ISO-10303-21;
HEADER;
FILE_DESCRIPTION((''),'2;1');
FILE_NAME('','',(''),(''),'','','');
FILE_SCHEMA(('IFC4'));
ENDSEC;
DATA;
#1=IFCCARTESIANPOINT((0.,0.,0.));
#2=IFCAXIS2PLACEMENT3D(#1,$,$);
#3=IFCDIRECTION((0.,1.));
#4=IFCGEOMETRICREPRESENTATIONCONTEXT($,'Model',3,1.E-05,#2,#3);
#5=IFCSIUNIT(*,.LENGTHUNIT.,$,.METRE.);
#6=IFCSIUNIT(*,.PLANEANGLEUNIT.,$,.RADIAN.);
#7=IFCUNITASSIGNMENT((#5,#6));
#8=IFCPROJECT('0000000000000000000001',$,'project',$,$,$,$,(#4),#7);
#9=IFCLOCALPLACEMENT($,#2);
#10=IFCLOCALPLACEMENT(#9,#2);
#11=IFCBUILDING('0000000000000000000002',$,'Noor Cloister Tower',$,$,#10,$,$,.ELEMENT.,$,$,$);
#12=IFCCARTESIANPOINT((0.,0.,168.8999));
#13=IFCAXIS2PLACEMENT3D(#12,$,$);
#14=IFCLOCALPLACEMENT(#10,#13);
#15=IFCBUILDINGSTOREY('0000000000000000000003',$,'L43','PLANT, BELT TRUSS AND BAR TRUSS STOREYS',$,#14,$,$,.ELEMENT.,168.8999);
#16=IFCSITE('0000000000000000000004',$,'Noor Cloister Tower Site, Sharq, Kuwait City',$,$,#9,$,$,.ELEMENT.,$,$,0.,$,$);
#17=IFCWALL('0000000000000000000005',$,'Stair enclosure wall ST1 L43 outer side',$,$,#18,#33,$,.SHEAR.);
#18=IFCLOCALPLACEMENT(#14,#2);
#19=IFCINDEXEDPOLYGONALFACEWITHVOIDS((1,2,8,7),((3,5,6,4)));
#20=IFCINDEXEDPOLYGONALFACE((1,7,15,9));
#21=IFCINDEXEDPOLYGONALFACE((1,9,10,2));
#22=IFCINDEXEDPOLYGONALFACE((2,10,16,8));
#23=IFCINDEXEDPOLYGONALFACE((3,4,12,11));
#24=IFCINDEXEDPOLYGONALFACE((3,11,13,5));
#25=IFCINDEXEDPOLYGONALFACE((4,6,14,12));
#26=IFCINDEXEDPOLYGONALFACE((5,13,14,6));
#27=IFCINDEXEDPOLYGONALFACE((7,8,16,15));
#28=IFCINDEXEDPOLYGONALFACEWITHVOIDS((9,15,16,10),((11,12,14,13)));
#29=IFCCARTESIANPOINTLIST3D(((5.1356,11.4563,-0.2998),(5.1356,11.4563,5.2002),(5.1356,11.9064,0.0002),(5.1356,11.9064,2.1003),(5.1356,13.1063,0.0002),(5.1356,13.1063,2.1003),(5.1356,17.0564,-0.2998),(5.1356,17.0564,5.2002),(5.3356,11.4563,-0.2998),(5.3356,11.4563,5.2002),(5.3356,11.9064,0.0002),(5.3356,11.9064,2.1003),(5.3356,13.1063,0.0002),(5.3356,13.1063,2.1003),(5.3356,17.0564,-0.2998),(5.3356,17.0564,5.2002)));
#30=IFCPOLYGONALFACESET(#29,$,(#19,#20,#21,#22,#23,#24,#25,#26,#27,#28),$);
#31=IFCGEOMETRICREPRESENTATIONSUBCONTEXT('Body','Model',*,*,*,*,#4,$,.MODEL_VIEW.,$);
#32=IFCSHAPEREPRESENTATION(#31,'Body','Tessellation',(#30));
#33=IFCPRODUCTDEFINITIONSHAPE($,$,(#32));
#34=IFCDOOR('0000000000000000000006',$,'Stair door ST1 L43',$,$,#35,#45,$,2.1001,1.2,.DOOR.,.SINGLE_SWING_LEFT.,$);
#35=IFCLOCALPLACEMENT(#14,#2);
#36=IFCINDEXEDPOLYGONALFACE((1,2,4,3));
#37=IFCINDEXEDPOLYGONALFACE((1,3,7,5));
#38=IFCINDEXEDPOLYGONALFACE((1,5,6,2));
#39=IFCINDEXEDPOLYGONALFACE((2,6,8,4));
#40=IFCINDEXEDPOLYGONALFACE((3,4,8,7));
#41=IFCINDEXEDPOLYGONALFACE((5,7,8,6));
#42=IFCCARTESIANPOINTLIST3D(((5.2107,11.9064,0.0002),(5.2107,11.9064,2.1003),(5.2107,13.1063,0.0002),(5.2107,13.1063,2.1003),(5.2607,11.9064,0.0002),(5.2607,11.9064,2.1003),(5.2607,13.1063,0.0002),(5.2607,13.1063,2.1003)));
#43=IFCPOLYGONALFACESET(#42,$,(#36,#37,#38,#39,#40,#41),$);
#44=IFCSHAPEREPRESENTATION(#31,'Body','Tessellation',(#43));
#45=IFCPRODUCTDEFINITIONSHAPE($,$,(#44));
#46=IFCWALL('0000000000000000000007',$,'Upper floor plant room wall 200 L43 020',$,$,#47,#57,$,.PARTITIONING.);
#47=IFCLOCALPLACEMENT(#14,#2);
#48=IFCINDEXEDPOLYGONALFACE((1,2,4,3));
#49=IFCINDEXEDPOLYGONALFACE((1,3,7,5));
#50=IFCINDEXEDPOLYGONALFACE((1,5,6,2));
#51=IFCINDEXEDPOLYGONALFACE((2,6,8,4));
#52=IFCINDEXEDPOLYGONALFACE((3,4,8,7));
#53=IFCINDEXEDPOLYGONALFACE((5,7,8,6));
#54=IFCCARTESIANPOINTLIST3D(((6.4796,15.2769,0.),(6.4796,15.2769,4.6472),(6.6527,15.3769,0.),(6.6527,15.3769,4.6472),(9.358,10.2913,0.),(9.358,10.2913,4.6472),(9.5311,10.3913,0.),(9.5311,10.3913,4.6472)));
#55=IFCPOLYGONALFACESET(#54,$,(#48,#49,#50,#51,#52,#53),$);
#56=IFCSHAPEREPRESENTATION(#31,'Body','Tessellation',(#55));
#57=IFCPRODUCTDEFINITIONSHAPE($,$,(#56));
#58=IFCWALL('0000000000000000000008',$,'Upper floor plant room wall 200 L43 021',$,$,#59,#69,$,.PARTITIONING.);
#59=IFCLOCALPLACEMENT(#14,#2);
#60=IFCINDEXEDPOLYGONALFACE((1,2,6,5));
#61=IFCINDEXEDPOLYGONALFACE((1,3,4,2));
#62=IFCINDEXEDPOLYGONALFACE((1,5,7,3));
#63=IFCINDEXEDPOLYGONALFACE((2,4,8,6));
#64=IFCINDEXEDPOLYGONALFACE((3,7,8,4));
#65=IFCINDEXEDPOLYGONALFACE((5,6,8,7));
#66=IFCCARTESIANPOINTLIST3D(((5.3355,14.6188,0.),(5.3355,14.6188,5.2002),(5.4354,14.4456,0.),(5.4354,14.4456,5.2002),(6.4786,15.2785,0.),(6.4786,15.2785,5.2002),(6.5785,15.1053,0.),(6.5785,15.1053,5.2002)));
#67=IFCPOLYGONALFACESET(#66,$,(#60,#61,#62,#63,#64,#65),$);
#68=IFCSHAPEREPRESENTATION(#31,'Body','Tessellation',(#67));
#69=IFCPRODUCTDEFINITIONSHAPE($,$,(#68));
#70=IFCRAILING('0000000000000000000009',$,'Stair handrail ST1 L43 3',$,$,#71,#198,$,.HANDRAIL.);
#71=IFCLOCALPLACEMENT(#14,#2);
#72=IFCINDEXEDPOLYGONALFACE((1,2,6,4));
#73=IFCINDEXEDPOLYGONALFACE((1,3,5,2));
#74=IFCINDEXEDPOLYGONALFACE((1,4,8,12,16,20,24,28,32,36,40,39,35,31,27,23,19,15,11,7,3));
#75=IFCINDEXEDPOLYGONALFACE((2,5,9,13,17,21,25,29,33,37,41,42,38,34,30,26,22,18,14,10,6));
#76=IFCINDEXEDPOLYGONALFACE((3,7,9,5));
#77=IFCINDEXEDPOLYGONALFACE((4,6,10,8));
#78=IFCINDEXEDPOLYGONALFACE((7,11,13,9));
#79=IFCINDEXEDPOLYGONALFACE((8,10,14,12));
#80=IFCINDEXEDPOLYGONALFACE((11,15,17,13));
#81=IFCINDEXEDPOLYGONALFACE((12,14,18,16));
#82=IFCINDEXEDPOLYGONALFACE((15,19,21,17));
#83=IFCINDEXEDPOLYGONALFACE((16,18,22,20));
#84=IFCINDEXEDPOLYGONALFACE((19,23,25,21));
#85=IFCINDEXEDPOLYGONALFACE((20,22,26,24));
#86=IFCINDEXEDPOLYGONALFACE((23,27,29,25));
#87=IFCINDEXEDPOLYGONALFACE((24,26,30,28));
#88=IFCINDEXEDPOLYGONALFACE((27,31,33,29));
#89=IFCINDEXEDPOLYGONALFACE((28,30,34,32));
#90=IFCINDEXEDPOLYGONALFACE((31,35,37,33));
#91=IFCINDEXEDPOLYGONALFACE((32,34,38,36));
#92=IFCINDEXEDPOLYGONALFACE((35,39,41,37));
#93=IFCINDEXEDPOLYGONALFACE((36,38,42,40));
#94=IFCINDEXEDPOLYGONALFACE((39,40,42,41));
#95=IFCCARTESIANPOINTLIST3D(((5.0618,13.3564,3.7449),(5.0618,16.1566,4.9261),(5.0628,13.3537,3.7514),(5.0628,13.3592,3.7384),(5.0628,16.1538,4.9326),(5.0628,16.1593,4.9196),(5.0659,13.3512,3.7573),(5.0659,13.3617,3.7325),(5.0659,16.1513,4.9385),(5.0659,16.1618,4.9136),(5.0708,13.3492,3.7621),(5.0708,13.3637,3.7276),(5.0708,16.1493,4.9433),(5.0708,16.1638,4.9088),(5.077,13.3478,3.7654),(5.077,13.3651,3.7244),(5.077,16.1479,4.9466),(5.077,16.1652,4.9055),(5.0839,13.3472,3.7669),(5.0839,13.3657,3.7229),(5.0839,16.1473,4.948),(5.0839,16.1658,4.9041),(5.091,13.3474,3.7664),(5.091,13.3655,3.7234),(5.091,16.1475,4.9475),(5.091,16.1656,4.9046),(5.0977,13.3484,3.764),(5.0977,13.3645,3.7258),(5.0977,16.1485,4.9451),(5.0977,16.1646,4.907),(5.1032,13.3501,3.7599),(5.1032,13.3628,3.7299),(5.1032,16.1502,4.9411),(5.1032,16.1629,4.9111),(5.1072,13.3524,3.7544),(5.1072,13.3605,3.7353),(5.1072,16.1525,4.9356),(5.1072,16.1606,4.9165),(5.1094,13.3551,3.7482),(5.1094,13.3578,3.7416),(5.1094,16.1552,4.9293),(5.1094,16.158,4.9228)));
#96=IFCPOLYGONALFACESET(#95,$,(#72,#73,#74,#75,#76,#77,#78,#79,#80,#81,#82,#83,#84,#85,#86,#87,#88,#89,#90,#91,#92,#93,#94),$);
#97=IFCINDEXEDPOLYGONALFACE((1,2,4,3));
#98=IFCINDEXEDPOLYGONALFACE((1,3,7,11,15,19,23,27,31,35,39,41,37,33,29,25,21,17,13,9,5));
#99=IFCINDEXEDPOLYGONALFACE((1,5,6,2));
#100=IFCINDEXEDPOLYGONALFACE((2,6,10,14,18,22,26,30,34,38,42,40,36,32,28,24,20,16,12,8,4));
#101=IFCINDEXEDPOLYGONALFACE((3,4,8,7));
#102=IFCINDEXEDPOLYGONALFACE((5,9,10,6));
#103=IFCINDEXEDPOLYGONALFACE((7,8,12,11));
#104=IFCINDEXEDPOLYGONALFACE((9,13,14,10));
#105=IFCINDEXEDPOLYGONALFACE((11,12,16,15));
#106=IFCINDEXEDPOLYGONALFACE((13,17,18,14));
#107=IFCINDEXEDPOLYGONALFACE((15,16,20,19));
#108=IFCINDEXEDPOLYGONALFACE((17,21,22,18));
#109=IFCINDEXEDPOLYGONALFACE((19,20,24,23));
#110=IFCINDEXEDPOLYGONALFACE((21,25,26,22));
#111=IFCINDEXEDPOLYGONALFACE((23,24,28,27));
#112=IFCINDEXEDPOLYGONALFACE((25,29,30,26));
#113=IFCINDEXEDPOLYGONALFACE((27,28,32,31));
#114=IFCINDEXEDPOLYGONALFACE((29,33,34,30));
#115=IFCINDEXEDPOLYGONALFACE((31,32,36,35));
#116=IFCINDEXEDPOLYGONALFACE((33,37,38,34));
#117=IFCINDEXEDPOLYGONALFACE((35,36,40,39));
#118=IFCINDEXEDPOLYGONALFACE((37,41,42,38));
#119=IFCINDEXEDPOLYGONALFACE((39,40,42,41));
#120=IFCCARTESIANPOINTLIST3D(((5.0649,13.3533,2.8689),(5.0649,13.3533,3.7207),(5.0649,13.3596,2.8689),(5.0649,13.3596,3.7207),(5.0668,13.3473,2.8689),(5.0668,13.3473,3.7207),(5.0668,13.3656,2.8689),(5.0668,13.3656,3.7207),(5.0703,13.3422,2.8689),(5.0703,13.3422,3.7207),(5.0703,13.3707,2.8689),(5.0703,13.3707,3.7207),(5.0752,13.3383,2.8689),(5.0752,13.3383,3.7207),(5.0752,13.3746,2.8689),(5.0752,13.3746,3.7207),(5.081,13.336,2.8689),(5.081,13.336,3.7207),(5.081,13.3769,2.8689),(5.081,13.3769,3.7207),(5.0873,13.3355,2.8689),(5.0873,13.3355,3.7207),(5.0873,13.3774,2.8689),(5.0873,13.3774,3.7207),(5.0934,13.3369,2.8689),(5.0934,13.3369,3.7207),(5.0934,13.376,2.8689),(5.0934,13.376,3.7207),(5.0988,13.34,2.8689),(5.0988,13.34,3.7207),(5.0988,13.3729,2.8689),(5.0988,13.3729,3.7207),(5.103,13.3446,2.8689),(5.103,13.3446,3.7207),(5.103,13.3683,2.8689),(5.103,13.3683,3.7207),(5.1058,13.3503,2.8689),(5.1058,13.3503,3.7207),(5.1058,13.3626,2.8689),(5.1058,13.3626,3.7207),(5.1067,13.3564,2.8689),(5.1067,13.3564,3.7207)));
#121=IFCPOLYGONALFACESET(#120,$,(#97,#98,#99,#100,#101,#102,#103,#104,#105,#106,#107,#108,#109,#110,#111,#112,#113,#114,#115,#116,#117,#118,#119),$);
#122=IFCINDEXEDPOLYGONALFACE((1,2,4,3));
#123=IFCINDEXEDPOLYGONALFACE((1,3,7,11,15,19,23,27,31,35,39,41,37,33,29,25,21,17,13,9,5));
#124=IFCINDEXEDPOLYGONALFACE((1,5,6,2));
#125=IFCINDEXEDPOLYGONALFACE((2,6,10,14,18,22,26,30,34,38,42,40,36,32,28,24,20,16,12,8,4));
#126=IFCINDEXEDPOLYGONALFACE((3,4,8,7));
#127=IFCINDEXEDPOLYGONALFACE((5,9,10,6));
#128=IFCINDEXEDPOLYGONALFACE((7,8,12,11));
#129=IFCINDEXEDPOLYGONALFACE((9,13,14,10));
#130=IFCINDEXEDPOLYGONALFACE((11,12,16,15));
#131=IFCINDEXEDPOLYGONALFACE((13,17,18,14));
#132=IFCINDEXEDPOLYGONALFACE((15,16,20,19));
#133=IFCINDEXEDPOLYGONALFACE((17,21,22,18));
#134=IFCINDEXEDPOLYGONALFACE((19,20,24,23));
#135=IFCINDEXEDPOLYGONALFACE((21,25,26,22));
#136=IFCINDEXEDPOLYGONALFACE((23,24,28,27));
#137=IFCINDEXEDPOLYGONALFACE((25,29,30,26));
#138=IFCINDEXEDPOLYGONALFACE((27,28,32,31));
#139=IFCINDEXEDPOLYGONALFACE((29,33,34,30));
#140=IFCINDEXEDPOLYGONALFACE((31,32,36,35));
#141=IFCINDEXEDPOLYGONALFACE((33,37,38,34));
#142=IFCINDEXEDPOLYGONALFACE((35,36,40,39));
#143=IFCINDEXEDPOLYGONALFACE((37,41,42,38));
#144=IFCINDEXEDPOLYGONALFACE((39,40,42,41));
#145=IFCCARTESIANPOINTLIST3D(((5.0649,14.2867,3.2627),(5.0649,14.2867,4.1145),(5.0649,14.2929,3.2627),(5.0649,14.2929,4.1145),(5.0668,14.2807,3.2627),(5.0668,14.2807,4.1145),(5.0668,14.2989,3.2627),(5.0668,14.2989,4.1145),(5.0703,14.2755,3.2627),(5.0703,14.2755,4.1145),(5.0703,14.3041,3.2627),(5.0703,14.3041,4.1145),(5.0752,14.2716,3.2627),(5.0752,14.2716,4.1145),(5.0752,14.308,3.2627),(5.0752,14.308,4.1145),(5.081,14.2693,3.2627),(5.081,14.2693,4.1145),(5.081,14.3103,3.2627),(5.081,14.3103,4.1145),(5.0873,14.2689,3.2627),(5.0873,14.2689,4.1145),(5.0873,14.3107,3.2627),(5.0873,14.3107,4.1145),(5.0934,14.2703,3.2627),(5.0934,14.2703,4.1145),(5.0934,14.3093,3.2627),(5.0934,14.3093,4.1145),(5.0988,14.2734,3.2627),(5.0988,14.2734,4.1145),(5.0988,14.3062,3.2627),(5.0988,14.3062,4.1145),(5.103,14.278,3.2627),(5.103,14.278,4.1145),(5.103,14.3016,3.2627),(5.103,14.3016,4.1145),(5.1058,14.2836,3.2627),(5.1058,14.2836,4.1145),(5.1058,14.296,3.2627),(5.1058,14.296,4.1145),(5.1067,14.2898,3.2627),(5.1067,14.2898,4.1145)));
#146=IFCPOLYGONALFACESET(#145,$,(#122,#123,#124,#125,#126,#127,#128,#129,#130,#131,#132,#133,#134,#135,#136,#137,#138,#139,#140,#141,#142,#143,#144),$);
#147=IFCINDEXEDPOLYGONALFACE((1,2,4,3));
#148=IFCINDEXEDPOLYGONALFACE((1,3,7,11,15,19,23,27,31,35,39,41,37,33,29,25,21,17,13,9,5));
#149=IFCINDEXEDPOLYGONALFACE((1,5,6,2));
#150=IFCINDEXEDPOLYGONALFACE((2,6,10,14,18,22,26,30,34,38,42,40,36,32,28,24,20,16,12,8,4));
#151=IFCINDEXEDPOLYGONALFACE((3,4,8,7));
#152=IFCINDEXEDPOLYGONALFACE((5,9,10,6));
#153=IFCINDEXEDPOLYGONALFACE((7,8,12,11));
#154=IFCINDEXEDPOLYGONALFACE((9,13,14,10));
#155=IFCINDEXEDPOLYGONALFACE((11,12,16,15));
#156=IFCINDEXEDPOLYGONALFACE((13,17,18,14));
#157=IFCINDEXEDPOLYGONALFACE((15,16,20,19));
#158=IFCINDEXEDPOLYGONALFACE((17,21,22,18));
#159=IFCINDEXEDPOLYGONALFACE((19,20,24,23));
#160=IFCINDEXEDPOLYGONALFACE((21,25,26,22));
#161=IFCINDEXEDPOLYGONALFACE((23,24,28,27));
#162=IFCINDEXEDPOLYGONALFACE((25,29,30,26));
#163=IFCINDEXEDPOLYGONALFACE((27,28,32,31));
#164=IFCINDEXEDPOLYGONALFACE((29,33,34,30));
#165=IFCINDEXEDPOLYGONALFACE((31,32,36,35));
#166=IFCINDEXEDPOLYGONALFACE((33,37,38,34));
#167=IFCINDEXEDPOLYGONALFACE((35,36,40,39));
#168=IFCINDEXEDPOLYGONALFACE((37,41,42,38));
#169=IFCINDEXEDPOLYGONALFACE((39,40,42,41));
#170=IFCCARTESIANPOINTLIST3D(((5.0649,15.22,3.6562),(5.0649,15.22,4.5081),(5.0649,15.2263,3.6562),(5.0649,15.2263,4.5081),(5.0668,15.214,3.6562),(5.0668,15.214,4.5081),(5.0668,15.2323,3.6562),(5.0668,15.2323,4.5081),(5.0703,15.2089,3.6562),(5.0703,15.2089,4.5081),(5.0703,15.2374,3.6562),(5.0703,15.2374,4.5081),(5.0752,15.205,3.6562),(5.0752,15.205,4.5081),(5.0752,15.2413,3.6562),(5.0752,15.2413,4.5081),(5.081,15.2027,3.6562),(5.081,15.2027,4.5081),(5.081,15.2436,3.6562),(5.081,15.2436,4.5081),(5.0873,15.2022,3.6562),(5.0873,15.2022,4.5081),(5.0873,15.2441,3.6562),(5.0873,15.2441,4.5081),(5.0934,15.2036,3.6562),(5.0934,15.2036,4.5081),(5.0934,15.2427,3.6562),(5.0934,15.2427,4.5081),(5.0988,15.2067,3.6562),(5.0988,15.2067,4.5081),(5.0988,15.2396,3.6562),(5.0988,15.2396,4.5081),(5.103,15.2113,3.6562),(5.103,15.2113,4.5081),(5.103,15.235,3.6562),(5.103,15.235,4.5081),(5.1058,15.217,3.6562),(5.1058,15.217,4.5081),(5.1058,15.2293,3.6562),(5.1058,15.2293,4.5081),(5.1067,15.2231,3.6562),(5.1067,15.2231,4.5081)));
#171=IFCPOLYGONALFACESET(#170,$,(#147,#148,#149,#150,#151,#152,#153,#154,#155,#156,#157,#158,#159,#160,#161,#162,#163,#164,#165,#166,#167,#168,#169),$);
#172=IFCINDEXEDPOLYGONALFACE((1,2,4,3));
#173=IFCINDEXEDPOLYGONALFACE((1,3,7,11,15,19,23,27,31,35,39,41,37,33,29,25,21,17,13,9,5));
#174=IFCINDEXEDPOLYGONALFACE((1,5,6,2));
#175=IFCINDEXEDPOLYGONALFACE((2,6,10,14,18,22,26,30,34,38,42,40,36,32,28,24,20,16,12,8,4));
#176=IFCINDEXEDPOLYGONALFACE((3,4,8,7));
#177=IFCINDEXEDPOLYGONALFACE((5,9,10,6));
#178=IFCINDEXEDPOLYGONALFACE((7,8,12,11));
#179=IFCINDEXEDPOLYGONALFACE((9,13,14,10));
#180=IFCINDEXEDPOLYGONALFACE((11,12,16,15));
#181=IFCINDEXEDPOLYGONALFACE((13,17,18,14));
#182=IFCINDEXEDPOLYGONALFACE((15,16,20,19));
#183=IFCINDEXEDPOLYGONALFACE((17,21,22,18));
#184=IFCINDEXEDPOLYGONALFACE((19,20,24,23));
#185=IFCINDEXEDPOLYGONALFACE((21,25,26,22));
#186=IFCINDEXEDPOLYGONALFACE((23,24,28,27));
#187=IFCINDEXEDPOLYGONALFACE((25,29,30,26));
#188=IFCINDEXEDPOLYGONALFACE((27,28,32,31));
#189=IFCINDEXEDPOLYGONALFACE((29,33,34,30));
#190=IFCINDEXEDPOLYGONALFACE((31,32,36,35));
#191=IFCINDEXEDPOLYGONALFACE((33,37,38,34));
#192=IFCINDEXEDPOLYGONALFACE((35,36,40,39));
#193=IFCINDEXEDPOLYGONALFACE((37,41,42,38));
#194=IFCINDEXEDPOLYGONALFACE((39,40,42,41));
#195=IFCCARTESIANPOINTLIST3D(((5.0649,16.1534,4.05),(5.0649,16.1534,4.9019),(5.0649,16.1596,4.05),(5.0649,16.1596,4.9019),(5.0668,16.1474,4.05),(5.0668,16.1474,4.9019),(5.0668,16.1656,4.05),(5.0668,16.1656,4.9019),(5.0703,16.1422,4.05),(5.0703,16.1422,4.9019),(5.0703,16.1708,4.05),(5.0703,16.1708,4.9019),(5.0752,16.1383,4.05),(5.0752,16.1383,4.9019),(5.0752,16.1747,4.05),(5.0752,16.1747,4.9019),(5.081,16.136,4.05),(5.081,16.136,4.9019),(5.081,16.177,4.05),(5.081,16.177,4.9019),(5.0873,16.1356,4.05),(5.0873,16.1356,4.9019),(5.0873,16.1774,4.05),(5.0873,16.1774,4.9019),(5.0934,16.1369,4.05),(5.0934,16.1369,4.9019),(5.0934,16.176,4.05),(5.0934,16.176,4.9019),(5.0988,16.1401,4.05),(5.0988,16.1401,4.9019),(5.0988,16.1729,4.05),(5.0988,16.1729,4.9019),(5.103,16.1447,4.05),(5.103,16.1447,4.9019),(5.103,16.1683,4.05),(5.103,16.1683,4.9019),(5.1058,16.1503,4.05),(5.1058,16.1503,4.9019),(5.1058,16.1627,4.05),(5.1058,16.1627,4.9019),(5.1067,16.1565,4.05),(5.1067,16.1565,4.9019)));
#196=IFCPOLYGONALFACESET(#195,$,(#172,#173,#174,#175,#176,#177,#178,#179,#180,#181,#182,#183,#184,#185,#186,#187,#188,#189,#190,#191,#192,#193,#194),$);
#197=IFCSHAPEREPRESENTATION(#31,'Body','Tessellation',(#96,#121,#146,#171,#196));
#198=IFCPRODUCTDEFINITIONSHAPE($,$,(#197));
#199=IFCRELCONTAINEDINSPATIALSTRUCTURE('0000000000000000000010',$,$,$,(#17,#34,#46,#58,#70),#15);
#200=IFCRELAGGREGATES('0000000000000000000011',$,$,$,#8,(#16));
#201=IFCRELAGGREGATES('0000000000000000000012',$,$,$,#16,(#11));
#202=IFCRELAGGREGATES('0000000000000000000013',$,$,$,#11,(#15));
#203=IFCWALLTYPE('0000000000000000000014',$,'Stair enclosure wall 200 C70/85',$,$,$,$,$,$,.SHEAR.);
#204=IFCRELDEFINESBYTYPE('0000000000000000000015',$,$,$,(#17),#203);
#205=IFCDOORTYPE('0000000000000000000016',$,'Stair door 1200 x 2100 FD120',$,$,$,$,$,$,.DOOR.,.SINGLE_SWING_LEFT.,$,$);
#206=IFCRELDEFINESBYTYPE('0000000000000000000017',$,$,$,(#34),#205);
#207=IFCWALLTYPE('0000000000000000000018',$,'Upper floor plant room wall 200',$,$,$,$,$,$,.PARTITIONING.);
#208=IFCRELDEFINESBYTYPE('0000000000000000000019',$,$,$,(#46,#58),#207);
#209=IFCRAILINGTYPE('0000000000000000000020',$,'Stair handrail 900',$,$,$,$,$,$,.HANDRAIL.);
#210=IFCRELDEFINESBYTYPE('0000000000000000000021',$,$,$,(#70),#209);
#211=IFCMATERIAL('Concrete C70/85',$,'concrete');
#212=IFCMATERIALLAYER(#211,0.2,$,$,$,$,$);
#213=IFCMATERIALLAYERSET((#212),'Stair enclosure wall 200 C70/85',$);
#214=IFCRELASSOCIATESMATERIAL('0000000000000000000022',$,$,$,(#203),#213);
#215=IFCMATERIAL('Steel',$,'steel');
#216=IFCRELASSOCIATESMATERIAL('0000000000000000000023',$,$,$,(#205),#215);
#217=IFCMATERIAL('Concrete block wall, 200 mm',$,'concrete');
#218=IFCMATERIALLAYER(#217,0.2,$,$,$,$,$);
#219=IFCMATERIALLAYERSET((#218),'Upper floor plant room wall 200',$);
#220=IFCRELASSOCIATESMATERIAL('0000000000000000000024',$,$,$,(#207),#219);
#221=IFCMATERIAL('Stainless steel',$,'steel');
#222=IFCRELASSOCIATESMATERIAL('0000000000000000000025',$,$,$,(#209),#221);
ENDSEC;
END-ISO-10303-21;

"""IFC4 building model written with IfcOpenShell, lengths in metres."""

from ifc_helpers import new_model, si_unit, direction, frame, frame_2d, origin, origin_2d, place, context, subcontext, project, spatial, rectangle, circle, extrude, material, layer, layer_set, type_object, element, fill, save


model = new_model("IFC4")

# Units and contexts
model_context = context("Model", 3, precision=1e-05, world=origin(), true_north=direction((0.0, 1.0)))
body_context = subcontext(model_context, "Body", "Model", "MODEL_VIEW")
ifc_project = project(units=[si_unit("LENGTHUNIT", "METRE"), si_unit("PLANEANGLEUNIT", "RADIAN")], contexts=[model_context])

# Site, building, storey
site_placement = place(None, origin())
site = spatial("IfcSite", under=ifc_project, at=site_placement, Name="Noor Cloister Tower Site, Sharq, Kuwait City", CompositionType="ELEMENT", RefElevation=0.0)
building_placement = place(site_placement, origin())
building = spatial("IfcBuilding", under=site, at=building_placement, Name="Noor Cloister Tower", CompositionType="ELEMENT")
storey_placement = place(building_placement, frame((0.0, 0.0, 168.8999)))
storey = spatial("IfcBuildingStorey", under=building, at=storey_placement, Name="L43", Description="PLANT, BELT TRUSS AND BAR TRUSS STOREYS", CompositionType="ELEMENT", Elevation=168.8999)

# Wall, opening, door
ifc_material_1 = material(Name="Concrete C70/85", Category="concrete")
ifc_layer_1 = layer(ifc_material_1, 0.2)
ifc_layer_set_1 = layer_set([ifc_layer_1], Name="Stair enclosure wall 200 C70/85")
wall_type_1 = type_object("IfcWallType", Name="Stair enclosure wall 200 C70/85", PredefinedType="SHEAR", material=ifc_layer_set_1)
ifc_material_2 = material(Name="Steel", Category="steel")
door_type = type_object("IfcDoorType", Name="Stair door 1200 x 2100 FD120", OperationType="SINGLE_SWING_LEFT", PredefinedType="DOOR", material=ifc_material_2)
wall_1_placement = place(storey_placement, frame((5.2356, 11.4563, -0.2998), z_axis=(0.0, 0.0, 1.0), x_axis=(0.0, 1.0, 0.0)))
wall_1 = element("IfcWall", 1, at=wall_1_placement, inside=storey, type_object=wall_type_1, Name="Stair enclosure wall ST1 L43 outer side", PredefinedType="SHEAR", context=body_context, shape_type="SweptSolid", body=[
    extrude(rectangle(XDim=5.6001, YDim=0.2, at=frame_2d((2.8, 0.0))), origin(), (0.0, 0.0, 1.0), 5.5),
])
opening_1_placement = place(wall_1_placement, frame((0.45, 0.0, 0.3)))
opening_1 = element("IfcOpeningElement", 2, at=opening_1_placement, cuts=wall_1, PredefinedType="OPENING", context=body_context, shape_type="SweptSolid", body=[
    extrude(rectangle(XDim=1.2, YDim=2.1001, at=frame_2d((0.6001, 1.05))), frame((0.0, 0.1099, 0.0), z_axis=(0.0, -1.0, 0.0), x_axis=(1.0, 0.0, 0.0)), (0.0, 0.0, 1.0), 0.22),
])
door_1_placement = place(opening_1_placement, origin())
door_1 = element("IfcDoor", 3, at=door_1_placement, inside=storey, type_object=door_type, Name="Stair door ST1 L43", OperationType="SINGLE_SWING_LEFT", OverallHeight=2.1001, OverallWidth=1.2, PredefinedType="DOOR", context=body_context, shape_type="SweptSolid", body=[
    extrude(rectangle(XDim=1.2, YDim=2.1001, at=frame_2d((0.6001, 1.05))), frame((0.0, 0.0249, 0.0), z_axis=(0.0, -1.0, 0.0), x_axis=(1.0, 0.0, 0.0)), (0.0, 0.0, 1.0), 0.05),
])
fill(opening_1, door_1)

# Walls
ifc_material_3 = material(Name="Concrete block wall, 200 mm", Category="concrete")
ifc_layer_2 = layer(ifc_material_3, 0.2)
ifc_layer_set_2 = layer_set([ifc_layer_2], Name="Upper floor plant room wall 200")
wall_type_2 = type_object("IfcWallType", Name="Upper floor plant room wall 200", PredefinedType="PARTITIONING", material=ifc_layer_set_2)
wall_2_placement = place(storey_placement, frame((6.5662, 15.3269, 0.0), z_axis=(0.0, 0.0, 1.0), x_axis=(0.499998, -0.866027, 0.0)))
element("IfcWall", 4, at=wall_2_placement, inside=storey, type_object=wall_type_2, Name="Upper floor plant room wall 200 L43 020", PredefinedType="PARTITIONING", context=body_context, shape_type="SweptSolid", body=[
    extrude(rectangle(XDim=5.7568, YDim=0.2, at=frame_2d((2.8784, 0.0))), origin(), (0.0, 0.0, 1.0), 4.6472),
])
wall_3_placement = place(storey_placement, frame((6.5286, 15.1919, 0.0), z_axis=(0.0, 0.0, 1.0), x_axis=(-0.866118, -0.49984, 0.0)))
element("IfcWall", 5, at=wall_3_placement, inside=storey, type_object=wall_type_2, Name="Upper floor plant room wall 200 L43 021", PredefinedType="PARTITIONING", context=body_context, shape_type="SweptSolid", body=[
    extrude(rectangle(XDim=1.3198, YDim=0.2, at=frame_2d((0.6599, 0.0))), origin(), (0.0, 0.0, 1.0), 5.2002),
])

# Railing
ifc_material_4 = material(Name="Stainless steel", Category="steel")
railing_type = type_object("IfcRailingType", Name="Stair handrail 900", PredefinedType="HANDRAIL", material=ifc_material_4)
railing_placement = place(storey_placement, frame((5.0857, 13.3564, 2.8689)))
element("IfcRailing", 6, at=railing_placement, inside=storey, type_object=railing_type, Name="Stair handrail ST1 L43 3", PredefinedType="HANDRAIL", context=body_context, shape_type="SweptSolid", body=[
    extrude(circle(Radius=0.0239, at=origin_2d()), frame((0.0, 0.0, 0.876), z_axis=(0.0, 0.921378, 0.388667), x_axis=(-1.0, 0.0, 0.0)), (0.0, 0.0, 1.0), 3.0391),
    extrude(circle(Radius=0.021, at=origin_2d()), origin(), (0.0, 0.0, 1.0), 0.8518),
    extrude(circle(Radius=0.021, at=origin_2d()), frame((0.0, 0.9333, 0.3938)), (0.0, 0.0, 1.0), 0.8518),
    extrude(circle(Radius=0.021, at=origin_2d()), frame((0.0, 1.8667, 0.7874)), (0.0, 0.0, 1.0), 0.8518),
    extrude(circle(Radius=0.021, at=origin_2d()), frame((0.0, 2.8, 1.1812)), (0.0, 0.0, 1.0), 0.8518),
])

save(model, "model.ifc")
